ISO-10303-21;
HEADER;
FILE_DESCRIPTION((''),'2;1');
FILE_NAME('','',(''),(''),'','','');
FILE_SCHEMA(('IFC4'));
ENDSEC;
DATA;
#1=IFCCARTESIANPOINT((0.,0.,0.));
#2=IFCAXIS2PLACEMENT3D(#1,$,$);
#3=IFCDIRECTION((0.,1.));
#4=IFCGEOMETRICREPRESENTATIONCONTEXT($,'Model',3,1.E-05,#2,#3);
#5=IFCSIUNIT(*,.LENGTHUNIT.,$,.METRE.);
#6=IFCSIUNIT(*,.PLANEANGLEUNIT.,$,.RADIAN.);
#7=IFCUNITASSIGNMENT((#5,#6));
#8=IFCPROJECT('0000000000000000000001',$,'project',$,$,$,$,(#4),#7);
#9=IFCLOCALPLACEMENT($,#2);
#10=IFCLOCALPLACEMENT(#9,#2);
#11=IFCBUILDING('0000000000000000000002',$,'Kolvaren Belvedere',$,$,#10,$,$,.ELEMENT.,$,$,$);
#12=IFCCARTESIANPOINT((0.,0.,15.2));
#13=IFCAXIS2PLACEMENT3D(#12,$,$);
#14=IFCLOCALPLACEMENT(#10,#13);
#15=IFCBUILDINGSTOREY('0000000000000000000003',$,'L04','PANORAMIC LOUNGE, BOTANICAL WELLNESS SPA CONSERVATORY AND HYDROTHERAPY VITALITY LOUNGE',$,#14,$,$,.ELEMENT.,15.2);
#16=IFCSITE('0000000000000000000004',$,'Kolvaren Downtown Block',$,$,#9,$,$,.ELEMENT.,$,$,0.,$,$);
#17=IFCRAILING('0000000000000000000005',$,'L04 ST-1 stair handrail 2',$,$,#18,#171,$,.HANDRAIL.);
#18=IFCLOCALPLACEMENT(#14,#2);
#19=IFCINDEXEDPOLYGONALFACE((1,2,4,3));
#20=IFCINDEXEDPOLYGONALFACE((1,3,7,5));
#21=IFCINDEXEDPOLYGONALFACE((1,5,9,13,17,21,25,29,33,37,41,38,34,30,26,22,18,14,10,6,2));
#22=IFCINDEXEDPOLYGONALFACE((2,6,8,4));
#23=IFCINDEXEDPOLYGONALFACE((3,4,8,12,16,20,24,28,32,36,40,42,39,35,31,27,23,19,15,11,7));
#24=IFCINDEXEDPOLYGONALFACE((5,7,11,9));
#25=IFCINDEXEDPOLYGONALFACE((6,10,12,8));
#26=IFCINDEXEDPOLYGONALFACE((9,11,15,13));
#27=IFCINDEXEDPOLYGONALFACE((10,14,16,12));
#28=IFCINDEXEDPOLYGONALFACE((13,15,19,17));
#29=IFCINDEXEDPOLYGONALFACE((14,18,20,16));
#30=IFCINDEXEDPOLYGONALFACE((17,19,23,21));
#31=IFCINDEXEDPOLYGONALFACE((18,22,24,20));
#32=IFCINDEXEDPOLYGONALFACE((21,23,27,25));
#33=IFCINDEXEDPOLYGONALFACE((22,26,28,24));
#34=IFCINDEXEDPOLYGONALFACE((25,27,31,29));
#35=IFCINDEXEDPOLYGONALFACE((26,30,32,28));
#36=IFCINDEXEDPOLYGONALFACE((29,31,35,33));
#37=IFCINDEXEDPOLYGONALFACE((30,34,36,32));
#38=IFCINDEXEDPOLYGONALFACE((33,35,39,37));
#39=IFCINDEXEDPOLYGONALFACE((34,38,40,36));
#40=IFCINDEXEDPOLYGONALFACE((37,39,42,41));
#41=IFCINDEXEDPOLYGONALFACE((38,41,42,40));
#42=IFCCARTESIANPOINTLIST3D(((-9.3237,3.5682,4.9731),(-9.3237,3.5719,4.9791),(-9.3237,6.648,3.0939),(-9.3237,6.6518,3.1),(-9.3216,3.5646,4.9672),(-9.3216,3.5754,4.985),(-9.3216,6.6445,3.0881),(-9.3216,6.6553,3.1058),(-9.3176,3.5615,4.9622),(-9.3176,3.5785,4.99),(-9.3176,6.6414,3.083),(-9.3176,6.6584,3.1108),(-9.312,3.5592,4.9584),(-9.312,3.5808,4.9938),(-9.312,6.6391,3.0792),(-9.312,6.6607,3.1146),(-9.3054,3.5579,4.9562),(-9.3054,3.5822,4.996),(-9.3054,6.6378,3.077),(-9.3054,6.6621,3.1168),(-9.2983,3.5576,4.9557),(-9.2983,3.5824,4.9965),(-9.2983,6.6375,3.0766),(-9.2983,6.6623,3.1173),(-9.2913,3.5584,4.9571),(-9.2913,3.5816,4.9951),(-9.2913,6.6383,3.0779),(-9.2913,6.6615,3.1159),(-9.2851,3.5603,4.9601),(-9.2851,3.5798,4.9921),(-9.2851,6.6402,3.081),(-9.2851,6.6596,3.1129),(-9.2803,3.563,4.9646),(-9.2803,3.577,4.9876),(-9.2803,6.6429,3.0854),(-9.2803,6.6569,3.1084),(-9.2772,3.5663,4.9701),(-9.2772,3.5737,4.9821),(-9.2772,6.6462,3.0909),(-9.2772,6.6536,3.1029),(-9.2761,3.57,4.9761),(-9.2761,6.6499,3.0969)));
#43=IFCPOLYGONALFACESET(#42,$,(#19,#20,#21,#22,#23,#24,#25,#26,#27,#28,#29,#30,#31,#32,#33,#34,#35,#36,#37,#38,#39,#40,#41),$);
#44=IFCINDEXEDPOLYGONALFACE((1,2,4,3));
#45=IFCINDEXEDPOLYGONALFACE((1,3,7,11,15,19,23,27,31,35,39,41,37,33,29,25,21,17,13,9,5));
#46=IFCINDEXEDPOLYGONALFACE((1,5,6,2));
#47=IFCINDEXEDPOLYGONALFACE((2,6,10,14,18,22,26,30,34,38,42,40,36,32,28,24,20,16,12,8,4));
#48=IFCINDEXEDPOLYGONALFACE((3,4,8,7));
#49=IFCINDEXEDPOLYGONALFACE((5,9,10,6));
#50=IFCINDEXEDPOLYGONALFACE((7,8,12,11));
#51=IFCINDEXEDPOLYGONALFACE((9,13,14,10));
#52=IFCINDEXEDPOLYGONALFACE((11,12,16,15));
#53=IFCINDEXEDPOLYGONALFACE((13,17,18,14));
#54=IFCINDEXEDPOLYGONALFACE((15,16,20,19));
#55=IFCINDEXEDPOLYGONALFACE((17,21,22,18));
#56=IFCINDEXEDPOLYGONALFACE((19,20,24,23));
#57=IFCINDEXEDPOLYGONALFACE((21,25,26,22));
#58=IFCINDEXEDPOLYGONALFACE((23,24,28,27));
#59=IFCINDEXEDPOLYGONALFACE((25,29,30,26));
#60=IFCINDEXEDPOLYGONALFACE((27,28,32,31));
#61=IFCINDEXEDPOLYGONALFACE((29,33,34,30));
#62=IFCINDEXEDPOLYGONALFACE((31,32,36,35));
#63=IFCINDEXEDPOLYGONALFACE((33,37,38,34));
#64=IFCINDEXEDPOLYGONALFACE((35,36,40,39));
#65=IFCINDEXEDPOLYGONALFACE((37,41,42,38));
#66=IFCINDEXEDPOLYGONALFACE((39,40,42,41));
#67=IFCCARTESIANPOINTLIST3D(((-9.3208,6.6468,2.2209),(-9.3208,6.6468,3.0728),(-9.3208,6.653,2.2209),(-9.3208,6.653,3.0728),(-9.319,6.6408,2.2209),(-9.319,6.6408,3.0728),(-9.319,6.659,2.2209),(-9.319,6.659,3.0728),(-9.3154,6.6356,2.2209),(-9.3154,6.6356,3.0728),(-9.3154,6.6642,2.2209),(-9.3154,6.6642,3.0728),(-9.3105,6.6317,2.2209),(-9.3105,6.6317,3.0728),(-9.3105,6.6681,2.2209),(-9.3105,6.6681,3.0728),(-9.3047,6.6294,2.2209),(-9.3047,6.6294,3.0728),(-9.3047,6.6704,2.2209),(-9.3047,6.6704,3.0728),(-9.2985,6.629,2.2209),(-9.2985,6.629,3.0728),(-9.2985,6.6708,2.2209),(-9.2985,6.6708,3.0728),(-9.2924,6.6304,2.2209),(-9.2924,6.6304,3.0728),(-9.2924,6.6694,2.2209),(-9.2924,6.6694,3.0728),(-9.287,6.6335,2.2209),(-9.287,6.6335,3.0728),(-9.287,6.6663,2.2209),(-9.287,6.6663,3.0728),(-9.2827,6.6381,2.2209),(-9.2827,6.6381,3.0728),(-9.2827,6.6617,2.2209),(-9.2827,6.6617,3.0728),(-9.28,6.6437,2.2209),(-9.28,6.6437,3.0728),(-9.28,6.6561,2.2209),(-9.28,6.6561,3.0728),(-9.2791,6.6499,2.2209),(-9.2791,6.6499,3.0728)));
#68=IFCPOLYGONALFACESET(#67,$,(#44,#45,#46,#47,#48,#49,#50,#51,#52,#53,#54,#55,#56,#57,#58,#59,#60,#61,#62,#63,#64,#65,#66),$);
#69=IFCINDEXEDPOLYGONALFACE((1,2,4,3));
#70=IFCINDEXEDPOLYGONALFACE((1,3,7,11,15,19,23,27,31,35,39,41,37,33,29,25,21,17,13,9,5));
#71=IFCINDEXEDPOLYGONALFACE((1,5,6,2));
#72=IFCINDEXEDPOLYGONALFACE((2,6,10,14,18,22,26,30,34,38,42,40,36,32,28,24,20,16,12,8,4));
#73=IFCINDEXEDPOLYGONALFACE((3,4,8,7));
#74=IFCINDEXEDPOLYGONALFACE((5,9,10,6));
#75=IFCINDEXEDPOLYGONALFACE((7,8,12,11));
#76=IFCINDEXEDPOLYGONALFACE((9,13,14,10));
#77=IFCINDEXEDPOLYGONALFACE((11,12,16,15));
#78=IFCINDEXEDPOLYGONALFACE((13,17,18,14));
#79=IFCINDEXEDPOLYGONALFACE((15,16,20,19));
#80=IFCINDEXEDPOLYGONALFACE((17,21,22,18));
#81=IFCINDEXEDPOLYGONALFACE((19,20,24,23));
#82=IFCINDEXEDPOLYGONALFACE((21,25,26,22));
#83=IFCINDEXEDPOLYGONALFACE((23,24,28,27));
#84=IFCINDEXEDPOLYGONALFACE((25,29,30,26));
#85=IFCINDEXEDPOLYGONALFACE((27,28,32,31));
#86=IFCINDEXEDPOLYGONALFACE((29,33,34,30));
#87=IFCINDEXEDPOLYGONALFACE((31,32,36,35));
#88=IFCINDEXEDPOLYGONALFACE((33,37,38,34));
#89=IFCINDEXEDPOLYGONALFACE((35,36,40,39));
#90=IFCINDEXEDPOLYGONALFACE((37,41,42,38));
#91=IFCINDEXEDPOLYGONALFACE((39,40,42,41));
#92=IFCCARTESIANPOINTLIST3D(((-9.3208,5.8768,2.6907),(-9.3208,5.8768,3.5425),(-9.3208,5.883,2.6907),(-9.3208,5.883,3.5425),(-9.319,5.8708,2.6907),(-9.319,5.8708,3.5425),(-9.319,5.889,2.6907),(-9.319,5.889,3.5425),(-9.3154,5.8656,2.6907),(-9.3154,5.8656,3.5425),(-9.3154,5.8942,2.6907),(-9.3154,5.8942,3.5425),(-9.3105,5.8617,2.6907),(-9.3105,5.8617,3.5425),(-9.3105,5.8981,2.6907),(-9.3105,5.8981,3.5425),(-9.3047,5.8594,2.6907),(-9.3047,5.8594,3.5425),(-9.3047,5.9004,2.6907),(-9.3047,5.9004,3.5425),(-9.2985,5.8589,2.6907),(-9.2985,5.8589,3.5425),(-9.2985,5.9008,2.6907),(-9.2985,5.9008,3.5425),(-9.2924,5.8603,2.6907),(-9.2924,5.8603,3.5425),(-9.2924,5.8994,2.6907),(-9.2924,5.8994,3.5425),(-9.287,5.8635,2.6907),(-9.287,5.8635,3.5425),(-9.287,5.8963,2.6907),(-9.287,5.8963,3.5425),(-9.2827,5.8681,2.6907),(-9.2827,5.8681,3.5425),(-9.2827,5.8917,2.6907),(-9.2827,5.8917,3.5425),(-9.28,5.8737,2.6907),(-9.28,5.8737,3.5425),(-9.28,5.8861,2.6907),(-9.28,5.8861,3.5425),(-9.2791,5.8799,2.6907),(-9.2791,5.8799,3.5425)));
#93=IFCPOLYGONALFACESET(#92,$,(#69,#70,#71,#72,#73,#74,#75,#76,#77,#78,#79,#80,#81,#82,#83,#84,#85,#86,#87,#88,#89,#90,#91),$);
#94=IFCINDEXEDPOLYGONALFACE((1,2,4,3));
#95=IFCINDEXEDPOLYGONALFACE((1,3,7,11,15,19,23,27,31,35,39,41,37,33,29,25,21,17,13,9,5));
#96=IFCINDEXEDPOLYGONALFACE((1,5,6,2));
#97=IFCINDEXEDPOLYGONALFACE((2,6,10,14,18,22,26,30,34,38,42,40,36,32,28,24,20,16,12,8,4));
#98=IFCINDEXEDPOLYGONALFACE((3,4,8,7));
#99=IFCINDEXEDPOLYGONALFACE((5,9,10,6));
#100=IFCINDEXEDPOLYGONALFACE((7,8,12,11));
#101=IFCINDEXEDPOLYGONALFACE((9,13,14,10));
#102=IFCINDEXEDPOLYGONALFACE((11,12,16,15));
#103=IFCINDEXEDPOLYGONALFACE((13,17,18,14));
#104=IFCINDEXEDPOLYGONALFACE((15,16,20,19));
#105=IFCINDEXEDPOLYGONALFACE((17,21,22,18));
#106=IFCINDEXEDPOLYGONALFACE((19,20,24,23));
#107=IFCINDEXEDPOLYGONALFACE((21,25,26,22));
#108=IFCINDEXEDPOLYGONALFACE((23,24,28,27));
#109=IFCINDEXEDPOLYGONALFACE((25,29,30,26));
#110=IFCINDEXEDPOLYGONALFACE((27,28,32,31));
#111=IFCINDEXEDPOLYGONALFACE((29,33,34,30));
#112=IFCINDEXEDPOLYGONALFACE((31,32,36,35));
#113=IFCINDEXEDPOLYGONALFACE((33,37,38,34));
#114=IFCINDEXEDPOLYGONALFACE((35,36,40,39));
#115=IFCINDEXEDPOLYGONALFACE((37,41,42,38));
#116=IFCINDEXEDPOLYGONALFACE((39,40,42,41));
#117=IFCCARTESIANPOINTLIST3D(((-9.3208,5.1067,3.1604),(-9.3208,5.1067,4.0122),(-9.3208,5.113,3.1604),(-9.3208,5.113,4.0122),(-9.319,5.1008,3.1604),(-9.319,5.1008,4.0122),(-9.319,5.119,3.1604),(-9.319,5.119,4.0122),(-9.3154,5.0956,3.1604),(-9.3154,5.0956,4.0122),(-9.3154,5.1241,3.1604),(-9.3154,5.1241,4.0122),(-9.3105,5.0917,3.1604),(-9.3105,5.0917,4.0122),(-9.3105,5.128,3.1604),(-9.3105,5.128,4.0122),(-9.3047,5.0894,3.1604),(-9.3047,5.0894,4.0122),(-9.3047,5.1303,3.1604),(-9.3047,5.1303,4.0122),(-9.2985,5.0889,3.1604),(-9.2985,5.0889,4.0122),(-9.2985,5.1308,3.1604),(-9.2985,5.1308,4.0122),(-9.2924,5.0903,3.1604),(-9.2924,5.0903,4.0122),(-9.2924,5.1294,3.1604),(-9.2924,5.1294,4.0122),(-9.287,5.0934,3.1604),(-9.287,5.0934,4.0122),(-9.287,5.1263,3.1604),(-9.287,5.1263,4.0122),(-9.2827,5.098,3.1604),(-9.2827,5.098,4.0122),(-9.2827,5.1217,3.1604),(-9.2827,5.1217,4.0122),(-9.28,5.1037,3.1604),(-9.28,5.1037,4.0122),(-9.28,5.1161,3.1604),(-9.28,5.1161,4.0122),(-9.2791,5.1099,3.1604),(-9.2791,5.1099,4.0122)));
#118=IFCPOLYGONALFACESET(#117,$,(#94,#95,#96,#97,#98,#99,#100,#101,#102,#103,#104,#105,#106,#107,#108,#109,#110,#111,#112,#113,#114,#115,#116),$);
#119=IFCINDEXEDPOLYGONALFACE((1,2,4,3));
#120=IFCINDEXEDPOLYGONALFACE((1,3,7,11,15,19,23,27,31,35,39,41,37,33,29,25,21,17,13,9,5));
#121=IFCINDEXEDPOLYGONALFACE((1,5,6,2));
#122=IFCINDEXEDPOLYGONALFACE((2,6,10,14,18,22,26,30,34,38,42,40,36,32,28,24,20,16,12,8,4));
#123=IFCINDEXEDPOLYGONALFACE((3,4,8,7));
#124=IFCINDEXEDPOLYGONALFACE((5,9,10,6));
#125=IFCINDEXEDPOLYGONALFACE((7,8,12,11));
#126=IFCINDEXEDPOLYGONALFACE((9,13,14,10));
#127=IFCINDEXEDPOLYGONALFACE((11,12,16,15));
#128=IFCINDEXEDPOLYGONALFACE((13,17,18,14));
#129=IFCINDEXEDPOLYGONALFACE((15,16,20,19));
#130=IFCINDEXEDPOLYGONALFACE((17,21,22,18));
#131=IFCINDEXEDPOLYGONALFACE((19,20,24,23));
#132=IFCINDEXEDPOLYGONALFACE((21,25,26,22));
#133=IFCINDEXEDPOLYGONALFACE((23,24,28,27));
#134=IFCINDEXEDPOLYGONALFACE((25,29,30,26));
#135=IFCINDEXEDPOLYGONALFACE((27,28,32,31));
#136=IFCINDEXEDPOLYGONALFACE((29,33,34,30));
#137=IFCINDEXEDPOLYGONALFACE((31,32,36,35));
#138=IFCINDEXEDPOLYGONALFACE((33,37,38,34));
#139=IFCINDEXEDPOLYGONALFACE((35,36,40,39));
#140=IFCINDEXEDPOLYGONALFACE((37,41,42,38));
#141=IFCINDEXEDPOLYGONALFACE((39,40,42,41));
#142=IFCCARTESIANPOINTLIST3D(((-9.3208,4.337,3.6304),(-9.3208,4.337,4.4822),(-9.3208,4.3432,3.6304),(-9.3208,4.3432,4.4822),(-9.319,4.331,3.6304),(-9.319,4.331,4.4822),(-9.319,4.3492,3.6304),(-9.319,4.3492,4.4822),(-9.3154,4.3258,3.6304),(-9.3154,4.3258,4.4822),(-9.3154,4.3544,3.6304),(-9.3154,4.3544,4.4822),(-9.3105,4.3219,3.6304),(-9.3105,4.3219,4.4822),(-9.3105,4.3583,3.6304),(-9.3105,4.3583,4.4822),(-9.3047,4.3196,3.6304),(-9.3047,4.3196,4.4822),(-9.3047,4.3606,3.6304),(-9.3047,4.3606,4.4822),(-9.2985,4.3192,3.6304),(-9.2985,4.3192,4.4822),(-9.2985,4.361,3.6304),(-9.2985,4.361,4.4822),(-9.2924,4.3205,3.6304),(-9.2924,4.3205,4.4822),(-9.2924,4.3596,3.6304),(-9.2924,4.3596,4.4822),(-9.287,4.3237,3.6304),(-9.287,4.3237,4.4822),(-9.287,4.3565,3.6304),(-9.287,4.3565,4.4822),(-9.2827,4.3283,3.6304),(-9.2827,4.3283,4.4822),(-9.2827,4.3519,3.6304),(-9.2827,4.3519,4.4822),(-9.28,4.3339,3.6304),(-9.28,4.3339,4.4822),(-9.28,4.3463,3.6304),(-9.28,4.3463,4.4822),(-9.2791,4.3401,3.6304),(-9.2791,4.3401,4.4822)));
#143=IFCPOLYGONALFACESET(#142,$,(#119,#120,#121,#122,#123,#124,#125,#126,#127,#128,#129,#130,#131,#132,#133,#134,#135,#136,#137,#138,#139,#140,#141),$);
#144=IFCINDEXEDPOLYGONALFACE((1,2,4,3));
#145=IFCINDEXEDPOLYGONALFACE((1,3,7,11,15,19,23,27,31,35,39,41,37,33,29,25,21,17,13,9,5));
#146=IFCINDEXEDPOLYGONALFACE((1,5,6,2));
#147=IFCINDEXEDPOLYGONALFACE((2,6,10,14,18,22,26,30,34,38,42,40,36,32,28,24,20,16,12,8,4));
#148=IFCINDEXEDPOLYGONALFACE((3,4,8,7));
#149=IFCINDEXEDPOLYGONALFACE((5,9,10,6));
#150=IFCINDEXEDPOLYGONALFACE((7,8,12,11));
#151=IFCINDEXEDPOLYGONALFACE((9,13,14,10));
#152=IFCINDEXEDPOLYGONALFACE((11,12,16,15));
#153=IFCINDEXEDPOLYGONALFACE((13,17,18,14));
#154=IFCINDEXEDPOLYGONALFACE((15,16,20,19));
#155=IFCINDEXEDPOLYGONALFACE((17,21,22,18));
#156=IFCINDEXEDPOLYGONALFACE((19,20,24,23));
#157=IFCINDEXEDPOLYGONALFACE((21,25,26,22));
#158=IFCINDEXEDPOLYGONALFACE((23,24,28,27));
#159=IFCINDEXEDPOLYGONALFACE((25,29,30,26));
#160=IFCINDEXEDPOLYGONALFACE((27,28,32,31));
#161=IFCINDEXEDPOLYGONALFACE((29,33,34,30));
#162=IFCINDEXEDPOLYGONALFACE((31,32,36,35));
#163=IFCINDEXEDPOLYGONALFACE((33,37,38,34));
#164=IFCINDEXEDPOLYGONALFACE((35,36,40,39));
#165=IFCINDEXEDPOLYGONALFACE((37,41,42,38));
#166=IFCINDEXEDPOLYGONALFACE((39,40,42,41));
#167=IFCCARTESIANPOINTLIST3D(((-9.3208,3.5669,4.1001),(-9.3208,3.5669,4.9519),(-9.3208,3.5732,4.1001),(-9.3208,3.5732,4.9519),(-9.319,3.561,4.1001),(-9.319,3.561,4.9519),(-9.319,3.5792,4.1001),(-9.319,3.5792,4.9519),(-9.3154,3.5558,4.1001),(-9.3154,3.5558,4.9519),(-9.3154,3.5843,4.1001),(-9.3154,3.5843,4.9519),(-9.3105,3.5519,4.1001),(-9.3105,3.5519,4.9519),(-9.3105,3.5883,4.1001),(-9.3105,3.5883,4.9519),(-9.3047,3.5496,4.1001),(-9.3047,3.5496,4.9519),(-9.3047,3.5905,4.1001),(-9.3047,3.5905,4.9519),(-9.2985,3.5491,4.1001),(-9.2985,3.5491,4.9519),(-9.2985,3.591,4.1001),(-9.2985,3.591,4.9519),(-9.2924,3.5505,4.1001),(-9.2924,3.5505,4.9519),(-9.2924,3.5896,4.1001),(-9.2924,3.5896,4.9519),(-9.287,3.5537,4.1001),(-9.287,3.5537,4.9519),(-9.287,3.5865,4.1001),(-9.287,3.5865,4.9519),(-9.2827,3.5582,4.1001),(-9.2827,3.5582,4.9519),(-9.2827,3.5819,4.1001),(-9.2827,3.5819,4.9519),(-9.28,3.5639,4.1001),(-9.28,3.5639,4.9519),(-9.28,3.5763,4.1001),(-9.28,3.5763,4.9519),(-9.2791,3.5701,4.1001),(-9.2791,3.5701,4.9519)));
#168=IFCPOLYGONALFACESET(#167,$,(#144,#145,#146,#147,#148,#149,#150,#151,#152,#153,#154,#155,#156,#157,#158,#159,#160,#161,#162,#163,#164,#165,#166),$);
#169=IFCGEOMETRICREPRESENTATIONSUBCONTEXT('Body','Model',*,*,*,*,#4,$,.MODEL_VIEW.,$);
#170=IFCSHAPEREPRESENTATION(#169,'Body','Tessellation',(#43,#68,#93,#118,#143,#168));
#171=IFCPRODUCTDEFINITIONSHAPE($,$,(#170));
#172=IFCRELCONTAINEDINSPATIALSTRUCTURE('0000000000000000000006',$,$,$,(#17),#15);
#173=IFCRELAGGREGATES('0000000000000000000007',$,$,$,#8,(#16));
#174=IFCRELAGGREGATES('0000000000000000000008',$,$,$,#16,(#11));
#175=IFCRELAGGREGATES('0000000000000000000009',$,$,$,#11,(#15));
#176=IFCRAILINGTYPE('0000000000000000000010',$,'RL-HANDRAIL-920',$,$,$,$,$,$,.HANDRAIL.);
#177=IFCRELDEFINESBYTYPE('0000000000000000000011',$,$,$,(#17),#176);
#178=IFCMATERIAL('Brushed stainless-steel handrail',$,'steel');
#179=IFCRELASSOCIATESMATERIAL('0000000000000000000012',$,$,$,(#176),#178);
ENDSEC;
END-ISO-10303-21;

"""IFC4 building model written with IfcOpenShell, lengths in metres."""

from ifc_helpers import new_model, si_unit, direction, frame, origin, origin_2d, place, context, subcontext, project, spatial, circle, extrude, material, type_object, element, save


model = new_model("IFC4")

# Units and contexts
model_context = context("Model", 3, precision=1e-05, world=origin(), true_north=direction((0.0, 1.0)))
body_context = subcontext(model_context, "Body", "Model", "MODEL_VIEW")
ifc_project = project(units=[si_unit("LENGTHUNIT", "METRE"), si_unit("PLANEANGLEUNIT", "RADIAN")], contexts=[model_context])

# Site, building, storey
site_placement = place(None, origin())
site = spatial("IfcSite", under=ifc_project, at=site_placement, Name="Kolvaren Downtown Block", CompositionType="ELEMENT", RefElevation=0.0)
building_placement = place(site_placement, origin())
building = spatial("IfcBuilding", under=site, at=building_placement, Name="Kolvaren Belvedere", CompositionType="ELEMENT")
storey_placement = place(building_placement, frame((0.0, 0.0, 15.2)))
storey = spatial("IfcBuildingStorey", under=building, at=storey_placement, Name="L04", Description="PANORAMIC LOUNGE, BOTANICAL WELLNESS SPA CONSERVATORY AND HYDROTHERAPY VITALITY LOUNGE", CompositionType="ELEMENT", Elevation=15.2)

# Railing
ifc_material_1 = material(Name="Brushed stainless-steel handrail", Category="steel")
railing_type_1 = type_object("IfcRailingType", Name="RL-HANDRAIL-920", PredefinedType="HANDRAIL", material=ifc_material_1)
railing_1_placement = place(storey_placement, frame((-9.3, 6.6499, 2.2209)))
element("IfcRailing", 1, at=railing_1_placement, inside=storey, type_object=railing_type_1, Name="L04 ST-1 stair handrail 2", PredefinedType="HANDRAIL", context=body_context, shape_type="SweptSolid", body=[
    extrude(circle(Radius=0.0239, at=origin_2d()), frame((0.0, 0.0, 0.876), z_axis=(0.0, -0.853648, 0.52085), x_axis=(1.0, 0.0, 0.0)), (0.0, 0.0, 1.0), 3.6079),
    extrude(circle(Radius=0.021, at=origin_2d()), origin(), (0.0, 0.0, 1.0), 0.8518),
    extrude(circle(Radius=0.021, at=origin_2d()), frame((0.0, -0.77, 0.4697)), (0.0, 0.0, 1.0), 0.8518),
    extrude(circle(Radius=0.021, at=origin_2d()), frame((0.0, -1.54, 0.9395)), (0.0, 0.0, 1.0), 0.8518),
    extrude(circle(Radius=0.021, at=origin_2d()), frame((0.0, -2.3098, 1.4094)), (0.0, 0.0, 1.0), 0.8518),
    extrude(circle(Radius=0.021, at=origin_2d()), frame((0.0, -3.0798, 1.8792)), (0.0, 0.0, 1.0), 0.8518),
])

save(model, "model.ifc")
